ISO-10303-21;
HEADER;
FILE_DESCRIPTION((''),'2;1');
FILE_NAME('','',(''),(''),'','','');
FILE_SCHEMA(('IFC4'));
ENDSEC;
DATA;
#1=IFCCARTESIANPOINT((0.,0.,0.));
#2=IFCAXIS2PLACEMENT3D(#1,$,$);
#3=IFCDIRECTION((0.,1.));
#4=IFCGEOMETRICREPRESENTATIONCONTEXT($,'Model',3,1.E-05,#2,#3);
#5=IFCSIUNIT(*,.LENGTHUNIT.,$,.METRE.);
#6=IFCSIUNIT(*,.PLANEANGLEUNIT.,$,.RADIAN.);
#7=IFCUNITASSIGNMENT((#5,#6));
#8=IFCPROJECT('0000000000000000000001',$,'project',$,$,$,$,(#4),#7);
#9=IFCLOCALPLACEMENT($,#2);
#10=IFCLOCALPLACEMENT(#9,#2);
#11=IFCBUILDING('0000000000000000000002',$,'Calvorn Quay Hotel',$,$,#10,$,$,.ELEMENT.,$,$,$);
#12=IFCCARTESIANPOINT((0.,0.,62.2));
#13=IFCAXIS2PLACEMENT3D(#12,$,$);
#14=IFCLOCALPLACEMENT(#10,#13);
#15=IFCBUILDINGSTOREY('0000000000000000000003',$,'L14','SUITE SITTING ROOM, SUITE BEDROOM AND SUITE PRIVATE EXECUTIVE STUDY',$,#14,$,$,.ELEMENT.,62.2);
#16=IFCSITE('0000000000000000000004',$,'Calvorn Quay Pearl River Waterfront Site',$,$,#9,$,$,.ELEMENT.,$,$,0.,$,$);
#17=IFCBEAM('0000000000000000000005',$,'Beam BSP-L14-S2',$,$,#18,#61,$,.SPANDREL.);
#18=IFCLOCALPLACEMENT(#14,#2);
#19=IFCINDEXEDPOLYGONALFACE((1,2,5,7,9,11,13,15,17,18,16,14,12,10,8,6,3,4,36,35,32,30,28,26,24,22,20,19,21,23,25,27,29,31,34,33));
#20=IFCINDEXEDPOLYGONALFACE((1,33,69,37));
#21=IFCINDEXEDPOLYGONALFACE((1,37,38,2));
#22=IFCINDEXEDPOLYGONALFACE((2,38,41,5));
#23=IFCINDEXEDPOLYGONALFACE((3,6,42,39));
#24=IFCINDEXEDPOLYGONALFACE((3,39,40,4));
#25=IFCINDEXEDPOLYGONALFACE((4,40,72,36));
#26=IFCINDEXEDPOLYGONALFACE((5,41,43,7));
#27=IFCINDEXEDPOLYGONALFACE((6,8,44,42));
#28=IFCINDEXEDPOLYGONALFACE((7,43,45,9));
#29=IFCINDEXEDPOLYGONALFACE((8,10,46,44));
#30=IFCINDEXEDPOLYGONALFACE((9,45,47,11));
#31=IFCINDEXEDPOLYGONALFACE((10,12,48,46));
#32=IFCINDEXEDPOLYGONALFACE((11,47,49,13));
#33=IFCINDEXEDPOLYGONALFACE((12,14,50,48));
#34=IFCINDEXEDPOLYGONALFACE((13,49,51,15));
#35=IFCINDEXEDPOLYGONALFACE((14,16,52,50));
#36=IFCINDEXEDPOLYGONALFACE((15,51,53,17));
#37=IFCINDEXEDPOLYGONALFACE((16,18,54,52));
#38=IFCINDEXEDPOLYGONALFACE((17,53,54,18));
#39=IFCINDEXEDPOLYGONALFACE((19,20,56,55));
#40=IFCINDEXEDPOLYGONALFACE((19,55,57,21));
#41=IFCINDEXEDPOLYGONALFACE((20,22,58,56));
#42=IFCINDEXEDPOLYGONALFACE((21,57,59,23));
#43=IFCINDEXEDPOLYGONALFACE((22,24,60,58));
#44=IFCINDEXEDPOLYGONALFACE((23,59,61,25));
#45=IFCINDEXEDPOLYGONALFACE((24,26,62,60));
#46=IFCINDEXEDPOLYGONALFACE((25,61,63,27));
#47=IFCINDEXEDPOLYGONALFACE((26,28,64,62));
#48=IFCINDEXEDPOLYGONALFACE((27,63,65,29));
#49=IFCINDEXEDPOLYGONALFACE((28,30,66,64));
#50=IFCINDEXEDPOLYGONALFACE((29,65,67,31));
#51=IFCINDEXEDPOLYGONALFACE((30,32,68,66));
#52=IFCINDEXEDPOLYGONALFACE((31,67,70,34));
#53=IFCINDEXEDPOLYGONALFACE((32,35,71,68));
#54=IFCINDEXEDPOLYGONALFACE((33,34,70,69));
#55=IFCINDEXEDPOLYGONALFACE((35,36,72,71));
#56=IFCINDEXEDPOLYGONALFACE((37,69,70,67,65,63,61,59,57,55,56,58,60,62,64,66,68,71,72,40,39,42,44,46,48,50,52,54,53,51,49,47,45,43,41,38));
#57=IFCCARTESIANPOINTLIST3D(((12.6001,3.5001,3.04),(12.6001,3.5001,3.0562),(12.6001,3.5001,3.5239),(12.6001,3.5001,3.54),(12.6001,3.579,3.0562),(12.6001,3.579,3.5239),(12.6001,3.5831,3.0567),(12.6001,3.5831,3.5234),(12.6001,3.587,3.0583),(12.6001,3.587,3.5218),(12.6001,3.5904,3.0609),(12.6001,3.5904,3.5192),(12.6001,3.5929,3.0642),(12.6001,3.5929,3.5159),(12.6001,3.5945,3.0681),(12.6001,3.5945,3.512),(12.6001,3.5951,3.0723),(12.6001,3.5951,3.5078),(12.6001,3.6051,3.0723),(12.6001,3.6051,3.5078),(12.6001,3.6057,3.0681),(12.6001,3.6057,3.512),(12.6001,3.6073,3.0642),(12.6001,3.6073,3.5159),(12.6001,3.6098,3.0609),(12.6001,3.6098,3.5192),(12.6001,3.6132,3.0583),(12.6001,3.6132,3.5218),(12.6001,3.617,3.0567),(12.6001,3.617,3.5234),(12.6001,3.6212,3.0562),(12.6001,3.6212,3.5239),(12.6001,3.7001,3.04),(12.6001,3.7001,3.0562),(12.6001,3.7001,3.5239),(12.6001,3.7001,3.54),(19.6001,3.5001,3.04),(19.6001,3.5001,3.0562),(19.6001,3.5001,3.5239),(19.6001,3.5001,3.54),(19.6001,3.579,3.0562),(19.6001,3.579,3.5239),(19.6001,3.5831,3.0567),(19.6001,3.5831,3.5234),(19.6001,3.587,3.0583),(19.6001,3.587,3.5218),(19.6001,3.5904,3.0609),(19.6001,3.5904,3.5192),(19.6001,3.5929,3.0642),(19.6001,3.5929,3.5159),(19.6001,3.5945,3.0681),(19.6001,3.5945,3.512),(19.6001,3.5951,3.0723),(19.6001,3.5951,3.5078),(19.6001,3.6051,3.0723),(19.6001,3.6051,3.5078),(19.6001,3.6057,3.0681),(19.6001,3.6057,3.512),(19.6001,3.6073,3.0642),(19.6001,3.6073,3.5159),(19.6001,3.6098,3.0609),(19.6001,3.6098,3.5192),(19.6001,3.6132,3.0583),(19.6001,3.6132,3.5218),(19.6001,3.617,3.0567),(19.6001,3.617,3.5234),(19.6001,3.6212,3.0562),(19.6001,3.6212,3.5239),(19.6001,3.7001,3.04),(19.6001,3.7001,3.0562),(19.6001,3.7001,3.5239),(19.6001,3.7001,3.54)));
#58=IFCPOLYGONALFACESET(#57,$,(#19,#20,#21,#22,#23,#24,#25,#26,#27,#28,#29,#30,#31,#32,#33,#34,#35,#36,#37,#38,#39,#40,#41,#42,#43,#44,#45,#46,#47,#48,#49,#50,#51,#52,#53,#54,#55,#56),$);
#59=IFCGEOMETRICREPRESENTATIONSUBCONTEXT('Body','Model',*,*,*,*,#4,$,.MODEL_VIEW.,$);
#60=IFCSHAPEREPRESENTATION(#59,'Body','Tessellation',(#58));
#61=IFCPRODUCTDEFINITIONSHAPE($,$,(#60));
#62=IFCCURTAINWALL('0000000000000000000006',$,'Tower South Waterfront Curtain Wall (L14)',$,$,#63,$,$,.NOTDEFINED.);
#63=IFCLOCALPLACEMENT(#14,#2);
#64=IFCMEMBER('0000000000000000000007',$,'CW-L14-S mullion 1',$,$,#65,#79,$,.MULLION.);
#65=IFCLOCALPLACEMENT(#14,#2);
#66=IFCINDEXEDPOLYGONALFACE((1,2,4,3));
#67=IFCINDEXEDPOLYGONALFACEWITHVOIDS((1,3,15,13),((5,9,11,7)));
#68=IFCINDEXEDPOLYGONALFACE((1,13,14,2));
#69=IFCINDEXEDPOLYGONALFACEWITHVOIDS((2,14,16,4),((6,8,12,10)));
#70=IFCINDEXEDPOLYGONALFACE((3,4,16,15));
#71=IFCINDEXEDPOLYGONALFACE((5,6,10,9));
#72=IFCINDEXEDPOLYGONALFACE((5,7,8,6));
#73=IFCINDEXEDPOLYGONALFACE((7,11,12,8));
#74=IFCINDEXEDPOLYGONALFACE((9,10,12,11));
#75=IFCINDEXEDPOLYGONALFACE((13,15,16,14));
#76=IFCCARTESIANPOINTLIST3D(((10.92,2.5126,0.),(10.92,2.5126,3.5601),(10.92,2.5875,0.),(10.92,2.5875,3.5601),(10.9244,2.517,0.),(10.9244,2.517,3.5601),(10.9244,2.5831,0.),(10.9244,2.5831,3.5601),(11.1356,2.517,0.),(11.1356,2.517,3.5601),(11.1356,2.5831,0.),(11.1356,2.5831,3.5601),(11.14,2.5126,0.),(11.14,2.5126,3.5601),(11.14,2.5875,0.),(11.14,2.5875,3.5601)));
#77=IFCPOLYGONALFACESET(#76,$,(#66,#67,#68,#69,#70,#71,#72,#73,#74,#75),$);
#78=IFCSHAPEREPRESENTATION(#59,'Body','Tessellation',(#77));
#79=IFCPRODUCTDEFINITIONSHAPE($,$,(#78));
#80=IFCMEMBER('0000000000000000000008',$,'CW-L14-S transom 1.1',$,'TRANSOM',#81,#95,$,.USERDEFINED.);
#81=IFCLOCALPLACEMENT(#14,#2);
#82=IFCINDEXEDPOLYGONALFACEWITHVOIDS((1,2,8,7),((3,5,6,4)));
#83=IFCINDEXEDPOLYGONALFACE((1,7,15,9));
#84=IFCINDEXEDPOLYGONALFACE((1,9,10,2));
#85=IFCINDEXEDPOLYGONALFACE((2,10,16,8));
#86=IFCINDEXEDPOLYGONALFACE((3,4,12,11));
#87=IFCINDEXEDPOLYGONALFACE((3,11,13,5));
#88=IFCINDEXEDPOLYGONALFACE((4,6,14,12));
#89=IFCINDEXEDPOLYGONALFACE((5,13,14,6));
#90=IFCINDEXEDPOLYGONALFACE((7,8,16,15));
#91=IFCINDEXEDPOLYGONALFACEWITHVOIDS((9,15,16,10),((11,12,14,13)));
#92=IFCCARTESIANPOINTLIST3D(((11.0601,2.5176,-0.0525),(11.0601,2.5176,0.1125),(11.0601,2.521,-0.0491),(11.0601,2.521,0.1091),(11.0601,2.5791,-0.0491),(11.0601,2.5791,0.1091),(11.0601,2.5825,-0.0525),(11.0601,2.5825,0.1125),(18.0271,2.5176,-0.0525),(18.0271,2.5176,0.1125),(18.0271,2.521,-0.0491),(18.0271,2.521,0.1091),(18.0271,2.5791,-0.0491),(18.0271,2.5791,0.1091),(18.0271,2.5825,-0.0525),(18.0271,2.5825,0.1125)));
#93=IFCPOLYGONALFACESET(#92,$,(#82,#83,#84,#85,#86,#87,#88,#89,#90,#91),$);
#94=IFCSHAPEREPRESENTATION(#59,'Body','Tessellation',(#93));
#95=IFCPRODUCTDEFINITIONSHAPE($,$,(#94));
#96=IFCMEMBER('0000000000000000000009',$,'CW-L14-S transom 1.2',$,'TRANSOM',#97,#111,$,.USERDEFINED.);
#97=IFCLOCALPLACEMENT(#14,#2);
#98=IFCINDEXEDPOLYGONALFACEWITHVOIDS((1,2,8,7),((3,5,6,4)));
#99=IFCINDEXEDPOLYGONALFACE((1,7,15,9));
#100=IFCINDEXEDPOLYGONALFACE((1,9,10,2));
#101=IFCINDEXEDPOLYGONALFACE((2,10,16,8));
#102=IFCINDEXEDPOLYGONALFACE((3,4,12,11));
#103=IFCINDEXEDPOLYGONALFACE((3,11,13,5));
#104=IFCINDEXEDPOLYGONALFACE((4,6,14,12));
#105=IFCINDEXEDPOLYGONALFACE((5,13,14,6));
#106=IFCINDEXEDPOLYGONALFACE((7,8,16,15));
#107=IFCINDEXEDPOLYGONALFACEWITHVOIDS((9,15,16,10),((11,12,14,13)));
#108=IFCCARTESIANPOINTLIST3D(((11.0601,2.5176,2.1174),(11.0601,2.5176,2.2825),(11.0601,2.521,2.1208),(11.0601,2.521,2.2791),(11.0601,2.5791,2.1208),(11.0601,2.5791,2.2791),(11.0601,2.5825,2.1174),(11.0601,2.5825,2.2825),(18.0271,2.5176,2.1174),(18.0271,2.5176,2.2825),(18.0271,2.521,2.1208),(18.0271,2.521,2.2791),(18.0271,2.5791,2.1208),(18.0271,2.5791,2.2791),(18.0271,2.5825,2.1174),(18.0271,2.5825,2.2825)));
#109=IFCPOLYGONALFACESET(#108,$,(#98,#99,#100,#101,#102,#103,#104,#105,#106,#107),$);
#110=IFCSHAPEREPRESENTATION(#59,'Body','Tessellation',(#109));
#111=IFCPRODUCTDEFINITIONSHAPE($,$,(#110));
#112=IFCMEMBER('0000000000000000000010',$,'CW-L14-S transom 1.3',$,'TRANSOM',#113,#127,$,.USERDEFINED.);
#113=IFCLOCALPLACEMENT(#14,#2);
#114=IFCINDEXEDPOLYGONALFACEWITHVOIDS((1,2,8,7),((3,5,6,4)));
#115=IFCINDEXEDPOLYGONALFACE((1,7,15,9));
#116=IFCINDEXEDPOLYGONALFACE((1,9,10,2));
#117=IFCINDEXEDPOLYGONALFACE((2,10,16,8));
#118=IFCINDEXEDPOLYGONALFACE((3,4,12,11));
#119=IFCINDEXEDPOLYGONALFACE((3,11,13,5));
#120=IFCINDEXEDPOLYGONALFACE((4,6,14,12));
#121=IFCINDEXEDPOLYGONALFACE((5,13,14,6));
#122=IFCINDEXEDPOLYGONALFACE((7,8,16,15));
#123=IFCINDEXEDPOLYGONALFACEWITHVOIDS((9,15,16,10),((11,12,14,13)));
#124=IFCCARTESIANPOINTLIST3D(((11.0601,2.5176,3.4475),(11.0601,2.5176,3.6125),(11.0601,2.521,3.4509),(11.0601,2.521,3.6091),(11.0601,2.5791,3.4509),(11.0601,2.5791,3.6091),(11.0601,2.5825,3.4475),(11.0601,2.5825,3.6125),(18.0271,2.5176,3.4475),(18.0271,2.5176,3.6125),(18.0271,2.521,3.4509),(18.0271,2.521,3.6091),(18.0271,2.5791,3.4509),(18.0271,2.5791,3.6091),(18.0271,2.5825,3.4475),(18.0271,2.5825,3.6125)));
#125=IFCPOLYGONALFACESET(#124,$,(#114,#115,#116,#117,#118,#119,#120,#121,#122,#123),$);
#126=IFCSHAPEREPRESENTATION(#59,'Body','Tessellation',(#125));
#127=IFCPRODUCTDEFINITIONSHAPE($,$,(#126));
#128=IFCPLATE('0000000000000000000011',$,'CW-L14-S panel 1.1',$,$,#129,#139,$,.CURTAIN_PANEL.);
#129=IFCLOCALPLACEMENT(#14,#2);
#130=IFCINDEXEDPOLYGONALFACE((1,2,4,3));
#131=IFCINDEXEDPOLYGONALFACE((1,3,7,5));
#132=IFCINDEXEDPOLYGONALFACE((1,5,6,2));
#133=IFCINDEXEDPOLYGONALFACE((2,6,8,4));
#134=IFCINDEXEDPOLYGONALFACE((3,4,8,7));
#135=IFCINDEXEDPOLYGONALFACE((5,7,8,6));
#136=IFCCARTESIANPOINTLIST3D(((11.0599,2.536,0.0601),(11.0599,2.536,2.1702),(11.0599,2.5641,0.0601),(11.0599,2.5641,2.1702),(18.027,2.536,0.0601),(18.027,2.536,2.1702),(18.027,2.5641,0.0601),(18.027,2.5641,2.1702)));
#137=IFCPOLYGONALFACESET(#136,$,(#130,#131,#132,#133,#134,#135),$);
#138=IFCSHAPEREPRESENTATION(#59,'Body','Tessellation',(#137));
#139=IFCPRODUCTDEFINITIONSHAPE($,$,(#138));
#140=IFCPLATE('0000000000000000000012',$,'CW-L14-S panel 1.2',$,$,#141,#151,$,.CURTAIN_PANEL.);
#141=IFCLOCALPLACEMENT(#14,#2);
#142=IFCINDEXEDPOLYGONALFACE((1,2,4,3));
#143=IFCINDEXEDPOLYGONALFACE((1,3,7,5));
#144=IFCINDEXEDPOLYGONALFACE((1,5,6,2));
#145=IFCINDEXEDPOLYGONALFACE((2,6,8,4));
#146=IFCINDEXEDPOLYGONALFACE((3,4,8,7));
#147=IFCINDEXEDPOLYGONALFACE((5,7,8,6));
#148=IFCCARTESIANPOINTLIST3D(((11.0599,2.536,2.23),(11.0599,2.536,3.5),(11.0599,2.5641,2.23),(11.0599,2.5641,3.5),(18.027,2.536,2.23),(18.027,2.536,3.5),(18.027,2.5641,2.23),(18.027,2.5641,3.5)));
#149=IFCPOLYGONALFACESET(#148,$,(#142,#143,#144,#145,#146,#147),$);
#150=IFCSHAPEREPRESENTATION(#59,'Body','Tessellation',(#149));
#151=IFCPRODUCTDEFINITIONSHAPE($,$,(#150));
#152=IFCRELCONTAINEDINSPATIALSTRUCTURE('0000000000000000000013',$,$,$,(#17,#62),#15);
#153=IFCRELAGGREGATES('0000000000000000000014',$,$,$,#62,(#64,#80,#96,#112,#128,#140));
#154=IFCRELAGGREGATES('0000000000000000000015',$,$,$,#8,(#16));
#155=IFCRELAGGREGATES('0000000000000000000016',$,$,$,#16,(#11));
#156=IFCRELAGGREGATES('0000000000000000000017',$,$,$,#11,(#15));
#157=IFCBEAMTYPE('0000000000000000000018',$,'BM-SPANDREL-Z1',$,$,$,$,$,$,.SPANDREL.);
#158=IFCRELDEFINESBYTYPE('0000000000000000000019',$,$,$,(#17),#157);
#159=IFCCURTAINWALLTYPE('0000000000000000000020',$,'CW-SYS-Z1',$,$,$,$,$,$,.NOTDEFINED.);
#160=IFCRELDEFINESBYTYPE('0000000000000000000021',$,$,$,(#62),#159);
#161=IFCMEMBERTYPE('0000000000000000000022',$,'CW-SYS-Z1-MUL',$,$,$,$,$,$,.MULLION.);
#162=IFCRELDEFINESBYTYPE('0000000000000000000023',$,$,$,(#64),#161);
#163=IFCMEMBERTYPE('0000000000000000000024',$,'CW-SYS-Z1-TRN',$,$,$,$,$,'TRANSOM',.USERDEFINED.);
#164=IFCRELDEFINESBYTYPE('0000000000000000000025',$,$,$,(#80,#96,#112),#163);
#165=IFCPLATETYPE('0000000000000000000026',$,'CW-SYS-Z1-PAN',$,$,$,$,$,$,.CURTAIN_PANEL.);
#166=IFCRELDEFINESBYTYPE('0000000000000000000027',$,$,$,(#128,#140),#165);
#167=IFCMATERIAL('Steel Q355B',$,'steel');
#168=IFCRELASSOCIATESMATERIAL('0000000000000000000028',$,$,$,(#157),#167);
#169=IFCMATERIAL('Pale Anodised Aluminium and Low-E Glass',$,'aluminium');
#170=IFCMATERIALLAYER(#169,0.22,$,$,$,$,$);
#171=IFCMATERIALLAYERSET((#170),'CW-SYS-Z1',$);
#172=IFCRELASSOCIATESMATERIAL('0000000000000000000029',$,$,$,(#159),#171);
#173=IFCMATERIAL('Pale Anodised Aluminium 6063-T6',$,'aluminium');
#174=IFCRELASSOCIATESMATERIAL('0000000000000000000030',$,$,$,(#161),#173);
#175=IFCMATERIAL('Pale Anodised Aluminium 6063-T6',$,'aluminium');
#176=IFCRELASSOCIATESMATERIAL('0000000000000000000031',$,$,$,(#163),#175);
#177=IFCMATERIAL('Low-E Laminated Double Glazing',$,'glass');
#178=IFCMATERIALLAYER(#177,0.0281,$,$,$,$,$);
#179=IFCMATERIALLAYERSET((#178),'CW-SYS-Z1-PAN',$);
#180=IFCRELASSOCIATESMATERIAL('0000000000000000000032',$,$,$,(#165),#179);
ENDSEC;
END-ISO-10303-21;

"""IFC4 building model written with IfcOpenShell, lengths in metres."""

from ifc_helpers import new_model, si_unit, direction, frame, origin, origin_2d, place, context, subcontext, project, spatial, rectangle, hollow_rectangle, i_section, extrude, material, layer, layer_set, material_profile, profile_set, type_object, element, aggregate, save


model = new_model("IFC4")

# Units and contexts
model_context = context("Model", 3, precision=1e-05, world=origin(), true_north=direction((0.0, 1.0)))
body_context = subcontext(model_context, "Body", "Model", "MODEL_VIEW")
ifc_project = project(units=[si_unit("LENGTHUNIT", "METRE"), si_unit("PLANEANGLEUNIT", "RADIAN")], contexts=[model_context])

# Site, building, storey
site_placement = place(None, origin())
site = spatial("IfcSite", under=ifc_project, at=site_placement, Name="Calvorn Quay Pearl River Waterfront Site", CompositionType="ELEMENT", RefElevation=0.0)
building_placement = place(site_placement, origin())
building = spatial("IfcBuilding", under=site, at=building_placement, Name="Calvorn Quay Hotel", CompositionType="ELEMENT")
storey_placement = place(building_placement, frame((0.0, 0.0, 62.2)))
storey = spatial("IfcBuildingStorey", under=building, at=storey_placement, Name="L14", Description="SUITE SITTING ROOM, SUITE BEDROOM AND SUITE PRIVATE EXECUTIVE STUDY", CompositionType="ELEMENT", Elevation=62.2)

# Beam
ifc_material_1 = material(Name="Steel Q355B", Category="steel")
ifc_material_profile_1 = material_profile(ifc_material_1, i_section(OverallWidth=0.2, OverallDepth=0.5, WebThickness=0.01, FlangeThickness=0.0161, FilletRadius=0.0161, at=origin_2d()), Name="HN500x200x10x16")
ifc_profile_set_1 = profile_set([ifc_material_profile_1], Name="Steel Q355B")
beam_type_1 = type_object("IfcBeamType", Name="BM-SPANDREL-Z1", PredefinedType="SPANDREL", material=ifc_profile_set_1)
beam_1_placement = place(storey_placement, frame((12.6001, 3.6001, 3.29), z_axis=(1.0, 0.0, 0.0), x_axis=(0.0, 1.0, 0.0)))
element("IfcBeam", 1, at=beam_1_placement, inside=storey, type_object=beam_type_1, Name="Beam BSP-L14-S2", PredefinedType="SPANDREL", context=body_context, shape_type="SweptSolid", body=[
    extrude(i_section(OverallWidth=0.2, OverallDepth=0.5, WebThickness=0.01, FlangeThickness=0.0161, FilletRadius=0.0161, at=origin_2d()), origin(), (0.0, 0.0, 1.0), 7.0),
])

# Curtain wall, members, plates
ifc_material_2 = material(Name="Pale Anodised Aluminium and Low-E Glass", Category="aluminium")
ifc_layer_1 = layer(ifc_material_2, 0.22)
ifc_layer_set_1 = layer_set([ifc_layer_1], Name="CW-SYS-Z1")
curtain_wall_type = type_object("IfcCurtainWallType", Name="CW-SYS-Z1", PredefinedType="NOTDEFINED", material=ifc_layer_set_1)
curtain_wall_placement = place(storey_placement, origin())
curtain_wall = element("IfcCurtainWall", 2, at=curtain_wall_placement, inside=storey, type_object=curtain_wall_type, Name="Tower South Waterfront Curtain Wall (L14)", PredefinedType="NOTDEFINED")
ifc_material_3 = material(Name="Pale Anodised Aluminium 6063-T6", Category="aluminium")
ifc_material_profile_2 = material_profile(ifc_material_3, hollow_rectangle(XDim=0.075, YDim=0.22, WallThickness=0.0044, at=origin_2d()), Name="ALU-M220x75x4.5")
ifc_profile_set_2 = profile_set([ifc_material_profile_2], Name="Pale Anodised Aluminium 6063-T6")
member_type_1 = type_object("IfcMemberType", Name="CW-SYS-Z1-MUL", PredefinedType="MULLION", material=ifc_profile_set_2)
member_1_placement = place(storey_placement, frame((11.03, 2.55, 0.0), z_axis=(0.0, 0.0, 1.0), x_axis=(0.0, 1.0, 0.0)))
member_1 = element("IfcMember", 3, at=member_1_placement, type_object=member_type_1, Name="CW-L14-S mullion 1", PredefinedType="MULLION", context=body_context, shape_type="SweptSolid", body=[
    extrude(hollow_rectangle(XDim=0.075, YDim=0.22, WallThickness=0.0044, at=origin_2d()), origin(), (0.0, 0.0, 1.0), 3.5601),
])
ifc_material_4 = material(Name="Pale Anodised Aluminium 6063-T6", Category="aluminium")
ifc_material_profile_3 = material_profile(ifc_material_4, hollow_rectangle(XDim=0.0649, YDim=0.165, WallThickness=0.0034, at=origin_2d()), Name="ALU-T165x65x3.5")
ifc_profile_set_3 = profile_set([ifc_material_profile_3], Name="Pale Anodised Aluminium 6063-T6")
member_type_2 = type_object("IfcMemberType", Name="CW-SYS-Z1-TRN", ElementType="TRANSOM", PredefinedType="USERDEFINED", material=ifc_profile_set_3)
member_2_placement = place(storey_placement, frame((11.0601, 2.55, 0.03), z_axis=(1.0, 0.0, 0.0), x_axis=(0.0, 1.0, 0.0)))
member_2 = element("IfcMember", 4, at=member_2_placement, type_object=member_type_2, Name="CW-L14-S transom 1.1", ObjectType="TRANSOM", PredefinedType="USERDEFINED", context=body_context, shape_type="SweptSolid", body=[
    extrude(hollow_rectangle(XDim=0.0649, YDim=0.165, WallThickness=0.0034, at=origin_2d()), origin(), (0.0, 0.0, 1.0), 6.967),
])
member_3_placement = place(storey_placement, frame((11.0601, 2.55, 2.2), z_axis=(1.0, 0.0, 0.0), x_axis=(0.0, 1.0, 0.0)))
member_3 = element("IfcMember", 5, at=member_3_placement, type_object=member_type_2, Name="CW-L14-S transom 1.2", ObjectType="TRANSOM", PredefinedType="USERDEFINED", context=body_context, shape_type="SweptSolid", body=[
    extrude(hollow_rectangle(XDim=0.0649, YDim=0.165, WallThickness=0.0034, at=origin_2d()), origin(), (0.0, 0.0, 1.0), 6.967),
])
member_4_placement = place(storey_placement, frame((11.0601, 2.55, 3.53), z_axis=(1.0, 0.0, 0.0), x_axis=(0.0, 1.0, 0.0)))
member_4 = element("IfcMember", 6, at=member_4_placement, type_object=member_type_2, Name="CW-L14-S transom 1.3", ObjectType="TRANSOM", PredefinedType="USERDEFINED", context=body_context, shape_type="SweptSolid", body=[
    extrude(hollow_rectangle(XDim=0.0649, YDim=0.165, WallThickness=0.0034, at=origin_2d()), origin(), (0.0, 0.0, 1.0), 6.967),
])
ifc_material_5 = material(Name="Low-E Laminated Double Glazing", Category="glass")
ifc_layer_2 = layer(ifc_material_5, 0.0281)
ifc_layer_set_2 = layer_set([ifc_layer_2], Name="CW-SYS-Z1-PAN")
plate_type = type_object("IfcPlateType", Name="CW-SYS-Z1-PAN", PredefinedType="CURTAIN_PANEL", material=ifc_layer_set_2)
plate_1_placement = place(storey_placement, frame((14.5435, 2.55, 0.0601), z_axis=(0.0, 0.0, 1.0), x_axis=(1.0, 0.0, 0.0)))
plate_1 = element("IfcPlate", 7, at=plate_1_placement, type_object=plate_type, Name="CW-L14-S panel 1.1", PredefinedType="CURTAIN_PANEL", context=body_context, shape_type="SweptSolid", body=[
    extrude(rectangle(XDim=6.967, YDim=0.0281, at=origin_2d()), origin(), (0.0, 0.0, 1.0), 2.1101),
])
plate_2_placement = place(storey_placement, frame((14.5435, 2.55, 2.23), z_axis=(0.0, 0.0, 1.0), x_axis=(1.0, 0.0, 0.0)))
plate_2 = element("IfcPlate", 8, at=plate_2_placement, type_object=plate_type, Name="CW-L14-S panel 1.2", PredefinedType="CURTAIN_PANEL", context=body_context, shape_type="SweptSolid", body=[
    extrude(rectangle(XDim=6.967, YDim=0.0281, at=origin_2d()), origin(), (0.0, 0.0, 1.0), 1.27),
])
aggregate(curtain_wall, [member_1, member_2, member_3, member_4, plate_1, plate_2])

save(model, "model.ifc")
